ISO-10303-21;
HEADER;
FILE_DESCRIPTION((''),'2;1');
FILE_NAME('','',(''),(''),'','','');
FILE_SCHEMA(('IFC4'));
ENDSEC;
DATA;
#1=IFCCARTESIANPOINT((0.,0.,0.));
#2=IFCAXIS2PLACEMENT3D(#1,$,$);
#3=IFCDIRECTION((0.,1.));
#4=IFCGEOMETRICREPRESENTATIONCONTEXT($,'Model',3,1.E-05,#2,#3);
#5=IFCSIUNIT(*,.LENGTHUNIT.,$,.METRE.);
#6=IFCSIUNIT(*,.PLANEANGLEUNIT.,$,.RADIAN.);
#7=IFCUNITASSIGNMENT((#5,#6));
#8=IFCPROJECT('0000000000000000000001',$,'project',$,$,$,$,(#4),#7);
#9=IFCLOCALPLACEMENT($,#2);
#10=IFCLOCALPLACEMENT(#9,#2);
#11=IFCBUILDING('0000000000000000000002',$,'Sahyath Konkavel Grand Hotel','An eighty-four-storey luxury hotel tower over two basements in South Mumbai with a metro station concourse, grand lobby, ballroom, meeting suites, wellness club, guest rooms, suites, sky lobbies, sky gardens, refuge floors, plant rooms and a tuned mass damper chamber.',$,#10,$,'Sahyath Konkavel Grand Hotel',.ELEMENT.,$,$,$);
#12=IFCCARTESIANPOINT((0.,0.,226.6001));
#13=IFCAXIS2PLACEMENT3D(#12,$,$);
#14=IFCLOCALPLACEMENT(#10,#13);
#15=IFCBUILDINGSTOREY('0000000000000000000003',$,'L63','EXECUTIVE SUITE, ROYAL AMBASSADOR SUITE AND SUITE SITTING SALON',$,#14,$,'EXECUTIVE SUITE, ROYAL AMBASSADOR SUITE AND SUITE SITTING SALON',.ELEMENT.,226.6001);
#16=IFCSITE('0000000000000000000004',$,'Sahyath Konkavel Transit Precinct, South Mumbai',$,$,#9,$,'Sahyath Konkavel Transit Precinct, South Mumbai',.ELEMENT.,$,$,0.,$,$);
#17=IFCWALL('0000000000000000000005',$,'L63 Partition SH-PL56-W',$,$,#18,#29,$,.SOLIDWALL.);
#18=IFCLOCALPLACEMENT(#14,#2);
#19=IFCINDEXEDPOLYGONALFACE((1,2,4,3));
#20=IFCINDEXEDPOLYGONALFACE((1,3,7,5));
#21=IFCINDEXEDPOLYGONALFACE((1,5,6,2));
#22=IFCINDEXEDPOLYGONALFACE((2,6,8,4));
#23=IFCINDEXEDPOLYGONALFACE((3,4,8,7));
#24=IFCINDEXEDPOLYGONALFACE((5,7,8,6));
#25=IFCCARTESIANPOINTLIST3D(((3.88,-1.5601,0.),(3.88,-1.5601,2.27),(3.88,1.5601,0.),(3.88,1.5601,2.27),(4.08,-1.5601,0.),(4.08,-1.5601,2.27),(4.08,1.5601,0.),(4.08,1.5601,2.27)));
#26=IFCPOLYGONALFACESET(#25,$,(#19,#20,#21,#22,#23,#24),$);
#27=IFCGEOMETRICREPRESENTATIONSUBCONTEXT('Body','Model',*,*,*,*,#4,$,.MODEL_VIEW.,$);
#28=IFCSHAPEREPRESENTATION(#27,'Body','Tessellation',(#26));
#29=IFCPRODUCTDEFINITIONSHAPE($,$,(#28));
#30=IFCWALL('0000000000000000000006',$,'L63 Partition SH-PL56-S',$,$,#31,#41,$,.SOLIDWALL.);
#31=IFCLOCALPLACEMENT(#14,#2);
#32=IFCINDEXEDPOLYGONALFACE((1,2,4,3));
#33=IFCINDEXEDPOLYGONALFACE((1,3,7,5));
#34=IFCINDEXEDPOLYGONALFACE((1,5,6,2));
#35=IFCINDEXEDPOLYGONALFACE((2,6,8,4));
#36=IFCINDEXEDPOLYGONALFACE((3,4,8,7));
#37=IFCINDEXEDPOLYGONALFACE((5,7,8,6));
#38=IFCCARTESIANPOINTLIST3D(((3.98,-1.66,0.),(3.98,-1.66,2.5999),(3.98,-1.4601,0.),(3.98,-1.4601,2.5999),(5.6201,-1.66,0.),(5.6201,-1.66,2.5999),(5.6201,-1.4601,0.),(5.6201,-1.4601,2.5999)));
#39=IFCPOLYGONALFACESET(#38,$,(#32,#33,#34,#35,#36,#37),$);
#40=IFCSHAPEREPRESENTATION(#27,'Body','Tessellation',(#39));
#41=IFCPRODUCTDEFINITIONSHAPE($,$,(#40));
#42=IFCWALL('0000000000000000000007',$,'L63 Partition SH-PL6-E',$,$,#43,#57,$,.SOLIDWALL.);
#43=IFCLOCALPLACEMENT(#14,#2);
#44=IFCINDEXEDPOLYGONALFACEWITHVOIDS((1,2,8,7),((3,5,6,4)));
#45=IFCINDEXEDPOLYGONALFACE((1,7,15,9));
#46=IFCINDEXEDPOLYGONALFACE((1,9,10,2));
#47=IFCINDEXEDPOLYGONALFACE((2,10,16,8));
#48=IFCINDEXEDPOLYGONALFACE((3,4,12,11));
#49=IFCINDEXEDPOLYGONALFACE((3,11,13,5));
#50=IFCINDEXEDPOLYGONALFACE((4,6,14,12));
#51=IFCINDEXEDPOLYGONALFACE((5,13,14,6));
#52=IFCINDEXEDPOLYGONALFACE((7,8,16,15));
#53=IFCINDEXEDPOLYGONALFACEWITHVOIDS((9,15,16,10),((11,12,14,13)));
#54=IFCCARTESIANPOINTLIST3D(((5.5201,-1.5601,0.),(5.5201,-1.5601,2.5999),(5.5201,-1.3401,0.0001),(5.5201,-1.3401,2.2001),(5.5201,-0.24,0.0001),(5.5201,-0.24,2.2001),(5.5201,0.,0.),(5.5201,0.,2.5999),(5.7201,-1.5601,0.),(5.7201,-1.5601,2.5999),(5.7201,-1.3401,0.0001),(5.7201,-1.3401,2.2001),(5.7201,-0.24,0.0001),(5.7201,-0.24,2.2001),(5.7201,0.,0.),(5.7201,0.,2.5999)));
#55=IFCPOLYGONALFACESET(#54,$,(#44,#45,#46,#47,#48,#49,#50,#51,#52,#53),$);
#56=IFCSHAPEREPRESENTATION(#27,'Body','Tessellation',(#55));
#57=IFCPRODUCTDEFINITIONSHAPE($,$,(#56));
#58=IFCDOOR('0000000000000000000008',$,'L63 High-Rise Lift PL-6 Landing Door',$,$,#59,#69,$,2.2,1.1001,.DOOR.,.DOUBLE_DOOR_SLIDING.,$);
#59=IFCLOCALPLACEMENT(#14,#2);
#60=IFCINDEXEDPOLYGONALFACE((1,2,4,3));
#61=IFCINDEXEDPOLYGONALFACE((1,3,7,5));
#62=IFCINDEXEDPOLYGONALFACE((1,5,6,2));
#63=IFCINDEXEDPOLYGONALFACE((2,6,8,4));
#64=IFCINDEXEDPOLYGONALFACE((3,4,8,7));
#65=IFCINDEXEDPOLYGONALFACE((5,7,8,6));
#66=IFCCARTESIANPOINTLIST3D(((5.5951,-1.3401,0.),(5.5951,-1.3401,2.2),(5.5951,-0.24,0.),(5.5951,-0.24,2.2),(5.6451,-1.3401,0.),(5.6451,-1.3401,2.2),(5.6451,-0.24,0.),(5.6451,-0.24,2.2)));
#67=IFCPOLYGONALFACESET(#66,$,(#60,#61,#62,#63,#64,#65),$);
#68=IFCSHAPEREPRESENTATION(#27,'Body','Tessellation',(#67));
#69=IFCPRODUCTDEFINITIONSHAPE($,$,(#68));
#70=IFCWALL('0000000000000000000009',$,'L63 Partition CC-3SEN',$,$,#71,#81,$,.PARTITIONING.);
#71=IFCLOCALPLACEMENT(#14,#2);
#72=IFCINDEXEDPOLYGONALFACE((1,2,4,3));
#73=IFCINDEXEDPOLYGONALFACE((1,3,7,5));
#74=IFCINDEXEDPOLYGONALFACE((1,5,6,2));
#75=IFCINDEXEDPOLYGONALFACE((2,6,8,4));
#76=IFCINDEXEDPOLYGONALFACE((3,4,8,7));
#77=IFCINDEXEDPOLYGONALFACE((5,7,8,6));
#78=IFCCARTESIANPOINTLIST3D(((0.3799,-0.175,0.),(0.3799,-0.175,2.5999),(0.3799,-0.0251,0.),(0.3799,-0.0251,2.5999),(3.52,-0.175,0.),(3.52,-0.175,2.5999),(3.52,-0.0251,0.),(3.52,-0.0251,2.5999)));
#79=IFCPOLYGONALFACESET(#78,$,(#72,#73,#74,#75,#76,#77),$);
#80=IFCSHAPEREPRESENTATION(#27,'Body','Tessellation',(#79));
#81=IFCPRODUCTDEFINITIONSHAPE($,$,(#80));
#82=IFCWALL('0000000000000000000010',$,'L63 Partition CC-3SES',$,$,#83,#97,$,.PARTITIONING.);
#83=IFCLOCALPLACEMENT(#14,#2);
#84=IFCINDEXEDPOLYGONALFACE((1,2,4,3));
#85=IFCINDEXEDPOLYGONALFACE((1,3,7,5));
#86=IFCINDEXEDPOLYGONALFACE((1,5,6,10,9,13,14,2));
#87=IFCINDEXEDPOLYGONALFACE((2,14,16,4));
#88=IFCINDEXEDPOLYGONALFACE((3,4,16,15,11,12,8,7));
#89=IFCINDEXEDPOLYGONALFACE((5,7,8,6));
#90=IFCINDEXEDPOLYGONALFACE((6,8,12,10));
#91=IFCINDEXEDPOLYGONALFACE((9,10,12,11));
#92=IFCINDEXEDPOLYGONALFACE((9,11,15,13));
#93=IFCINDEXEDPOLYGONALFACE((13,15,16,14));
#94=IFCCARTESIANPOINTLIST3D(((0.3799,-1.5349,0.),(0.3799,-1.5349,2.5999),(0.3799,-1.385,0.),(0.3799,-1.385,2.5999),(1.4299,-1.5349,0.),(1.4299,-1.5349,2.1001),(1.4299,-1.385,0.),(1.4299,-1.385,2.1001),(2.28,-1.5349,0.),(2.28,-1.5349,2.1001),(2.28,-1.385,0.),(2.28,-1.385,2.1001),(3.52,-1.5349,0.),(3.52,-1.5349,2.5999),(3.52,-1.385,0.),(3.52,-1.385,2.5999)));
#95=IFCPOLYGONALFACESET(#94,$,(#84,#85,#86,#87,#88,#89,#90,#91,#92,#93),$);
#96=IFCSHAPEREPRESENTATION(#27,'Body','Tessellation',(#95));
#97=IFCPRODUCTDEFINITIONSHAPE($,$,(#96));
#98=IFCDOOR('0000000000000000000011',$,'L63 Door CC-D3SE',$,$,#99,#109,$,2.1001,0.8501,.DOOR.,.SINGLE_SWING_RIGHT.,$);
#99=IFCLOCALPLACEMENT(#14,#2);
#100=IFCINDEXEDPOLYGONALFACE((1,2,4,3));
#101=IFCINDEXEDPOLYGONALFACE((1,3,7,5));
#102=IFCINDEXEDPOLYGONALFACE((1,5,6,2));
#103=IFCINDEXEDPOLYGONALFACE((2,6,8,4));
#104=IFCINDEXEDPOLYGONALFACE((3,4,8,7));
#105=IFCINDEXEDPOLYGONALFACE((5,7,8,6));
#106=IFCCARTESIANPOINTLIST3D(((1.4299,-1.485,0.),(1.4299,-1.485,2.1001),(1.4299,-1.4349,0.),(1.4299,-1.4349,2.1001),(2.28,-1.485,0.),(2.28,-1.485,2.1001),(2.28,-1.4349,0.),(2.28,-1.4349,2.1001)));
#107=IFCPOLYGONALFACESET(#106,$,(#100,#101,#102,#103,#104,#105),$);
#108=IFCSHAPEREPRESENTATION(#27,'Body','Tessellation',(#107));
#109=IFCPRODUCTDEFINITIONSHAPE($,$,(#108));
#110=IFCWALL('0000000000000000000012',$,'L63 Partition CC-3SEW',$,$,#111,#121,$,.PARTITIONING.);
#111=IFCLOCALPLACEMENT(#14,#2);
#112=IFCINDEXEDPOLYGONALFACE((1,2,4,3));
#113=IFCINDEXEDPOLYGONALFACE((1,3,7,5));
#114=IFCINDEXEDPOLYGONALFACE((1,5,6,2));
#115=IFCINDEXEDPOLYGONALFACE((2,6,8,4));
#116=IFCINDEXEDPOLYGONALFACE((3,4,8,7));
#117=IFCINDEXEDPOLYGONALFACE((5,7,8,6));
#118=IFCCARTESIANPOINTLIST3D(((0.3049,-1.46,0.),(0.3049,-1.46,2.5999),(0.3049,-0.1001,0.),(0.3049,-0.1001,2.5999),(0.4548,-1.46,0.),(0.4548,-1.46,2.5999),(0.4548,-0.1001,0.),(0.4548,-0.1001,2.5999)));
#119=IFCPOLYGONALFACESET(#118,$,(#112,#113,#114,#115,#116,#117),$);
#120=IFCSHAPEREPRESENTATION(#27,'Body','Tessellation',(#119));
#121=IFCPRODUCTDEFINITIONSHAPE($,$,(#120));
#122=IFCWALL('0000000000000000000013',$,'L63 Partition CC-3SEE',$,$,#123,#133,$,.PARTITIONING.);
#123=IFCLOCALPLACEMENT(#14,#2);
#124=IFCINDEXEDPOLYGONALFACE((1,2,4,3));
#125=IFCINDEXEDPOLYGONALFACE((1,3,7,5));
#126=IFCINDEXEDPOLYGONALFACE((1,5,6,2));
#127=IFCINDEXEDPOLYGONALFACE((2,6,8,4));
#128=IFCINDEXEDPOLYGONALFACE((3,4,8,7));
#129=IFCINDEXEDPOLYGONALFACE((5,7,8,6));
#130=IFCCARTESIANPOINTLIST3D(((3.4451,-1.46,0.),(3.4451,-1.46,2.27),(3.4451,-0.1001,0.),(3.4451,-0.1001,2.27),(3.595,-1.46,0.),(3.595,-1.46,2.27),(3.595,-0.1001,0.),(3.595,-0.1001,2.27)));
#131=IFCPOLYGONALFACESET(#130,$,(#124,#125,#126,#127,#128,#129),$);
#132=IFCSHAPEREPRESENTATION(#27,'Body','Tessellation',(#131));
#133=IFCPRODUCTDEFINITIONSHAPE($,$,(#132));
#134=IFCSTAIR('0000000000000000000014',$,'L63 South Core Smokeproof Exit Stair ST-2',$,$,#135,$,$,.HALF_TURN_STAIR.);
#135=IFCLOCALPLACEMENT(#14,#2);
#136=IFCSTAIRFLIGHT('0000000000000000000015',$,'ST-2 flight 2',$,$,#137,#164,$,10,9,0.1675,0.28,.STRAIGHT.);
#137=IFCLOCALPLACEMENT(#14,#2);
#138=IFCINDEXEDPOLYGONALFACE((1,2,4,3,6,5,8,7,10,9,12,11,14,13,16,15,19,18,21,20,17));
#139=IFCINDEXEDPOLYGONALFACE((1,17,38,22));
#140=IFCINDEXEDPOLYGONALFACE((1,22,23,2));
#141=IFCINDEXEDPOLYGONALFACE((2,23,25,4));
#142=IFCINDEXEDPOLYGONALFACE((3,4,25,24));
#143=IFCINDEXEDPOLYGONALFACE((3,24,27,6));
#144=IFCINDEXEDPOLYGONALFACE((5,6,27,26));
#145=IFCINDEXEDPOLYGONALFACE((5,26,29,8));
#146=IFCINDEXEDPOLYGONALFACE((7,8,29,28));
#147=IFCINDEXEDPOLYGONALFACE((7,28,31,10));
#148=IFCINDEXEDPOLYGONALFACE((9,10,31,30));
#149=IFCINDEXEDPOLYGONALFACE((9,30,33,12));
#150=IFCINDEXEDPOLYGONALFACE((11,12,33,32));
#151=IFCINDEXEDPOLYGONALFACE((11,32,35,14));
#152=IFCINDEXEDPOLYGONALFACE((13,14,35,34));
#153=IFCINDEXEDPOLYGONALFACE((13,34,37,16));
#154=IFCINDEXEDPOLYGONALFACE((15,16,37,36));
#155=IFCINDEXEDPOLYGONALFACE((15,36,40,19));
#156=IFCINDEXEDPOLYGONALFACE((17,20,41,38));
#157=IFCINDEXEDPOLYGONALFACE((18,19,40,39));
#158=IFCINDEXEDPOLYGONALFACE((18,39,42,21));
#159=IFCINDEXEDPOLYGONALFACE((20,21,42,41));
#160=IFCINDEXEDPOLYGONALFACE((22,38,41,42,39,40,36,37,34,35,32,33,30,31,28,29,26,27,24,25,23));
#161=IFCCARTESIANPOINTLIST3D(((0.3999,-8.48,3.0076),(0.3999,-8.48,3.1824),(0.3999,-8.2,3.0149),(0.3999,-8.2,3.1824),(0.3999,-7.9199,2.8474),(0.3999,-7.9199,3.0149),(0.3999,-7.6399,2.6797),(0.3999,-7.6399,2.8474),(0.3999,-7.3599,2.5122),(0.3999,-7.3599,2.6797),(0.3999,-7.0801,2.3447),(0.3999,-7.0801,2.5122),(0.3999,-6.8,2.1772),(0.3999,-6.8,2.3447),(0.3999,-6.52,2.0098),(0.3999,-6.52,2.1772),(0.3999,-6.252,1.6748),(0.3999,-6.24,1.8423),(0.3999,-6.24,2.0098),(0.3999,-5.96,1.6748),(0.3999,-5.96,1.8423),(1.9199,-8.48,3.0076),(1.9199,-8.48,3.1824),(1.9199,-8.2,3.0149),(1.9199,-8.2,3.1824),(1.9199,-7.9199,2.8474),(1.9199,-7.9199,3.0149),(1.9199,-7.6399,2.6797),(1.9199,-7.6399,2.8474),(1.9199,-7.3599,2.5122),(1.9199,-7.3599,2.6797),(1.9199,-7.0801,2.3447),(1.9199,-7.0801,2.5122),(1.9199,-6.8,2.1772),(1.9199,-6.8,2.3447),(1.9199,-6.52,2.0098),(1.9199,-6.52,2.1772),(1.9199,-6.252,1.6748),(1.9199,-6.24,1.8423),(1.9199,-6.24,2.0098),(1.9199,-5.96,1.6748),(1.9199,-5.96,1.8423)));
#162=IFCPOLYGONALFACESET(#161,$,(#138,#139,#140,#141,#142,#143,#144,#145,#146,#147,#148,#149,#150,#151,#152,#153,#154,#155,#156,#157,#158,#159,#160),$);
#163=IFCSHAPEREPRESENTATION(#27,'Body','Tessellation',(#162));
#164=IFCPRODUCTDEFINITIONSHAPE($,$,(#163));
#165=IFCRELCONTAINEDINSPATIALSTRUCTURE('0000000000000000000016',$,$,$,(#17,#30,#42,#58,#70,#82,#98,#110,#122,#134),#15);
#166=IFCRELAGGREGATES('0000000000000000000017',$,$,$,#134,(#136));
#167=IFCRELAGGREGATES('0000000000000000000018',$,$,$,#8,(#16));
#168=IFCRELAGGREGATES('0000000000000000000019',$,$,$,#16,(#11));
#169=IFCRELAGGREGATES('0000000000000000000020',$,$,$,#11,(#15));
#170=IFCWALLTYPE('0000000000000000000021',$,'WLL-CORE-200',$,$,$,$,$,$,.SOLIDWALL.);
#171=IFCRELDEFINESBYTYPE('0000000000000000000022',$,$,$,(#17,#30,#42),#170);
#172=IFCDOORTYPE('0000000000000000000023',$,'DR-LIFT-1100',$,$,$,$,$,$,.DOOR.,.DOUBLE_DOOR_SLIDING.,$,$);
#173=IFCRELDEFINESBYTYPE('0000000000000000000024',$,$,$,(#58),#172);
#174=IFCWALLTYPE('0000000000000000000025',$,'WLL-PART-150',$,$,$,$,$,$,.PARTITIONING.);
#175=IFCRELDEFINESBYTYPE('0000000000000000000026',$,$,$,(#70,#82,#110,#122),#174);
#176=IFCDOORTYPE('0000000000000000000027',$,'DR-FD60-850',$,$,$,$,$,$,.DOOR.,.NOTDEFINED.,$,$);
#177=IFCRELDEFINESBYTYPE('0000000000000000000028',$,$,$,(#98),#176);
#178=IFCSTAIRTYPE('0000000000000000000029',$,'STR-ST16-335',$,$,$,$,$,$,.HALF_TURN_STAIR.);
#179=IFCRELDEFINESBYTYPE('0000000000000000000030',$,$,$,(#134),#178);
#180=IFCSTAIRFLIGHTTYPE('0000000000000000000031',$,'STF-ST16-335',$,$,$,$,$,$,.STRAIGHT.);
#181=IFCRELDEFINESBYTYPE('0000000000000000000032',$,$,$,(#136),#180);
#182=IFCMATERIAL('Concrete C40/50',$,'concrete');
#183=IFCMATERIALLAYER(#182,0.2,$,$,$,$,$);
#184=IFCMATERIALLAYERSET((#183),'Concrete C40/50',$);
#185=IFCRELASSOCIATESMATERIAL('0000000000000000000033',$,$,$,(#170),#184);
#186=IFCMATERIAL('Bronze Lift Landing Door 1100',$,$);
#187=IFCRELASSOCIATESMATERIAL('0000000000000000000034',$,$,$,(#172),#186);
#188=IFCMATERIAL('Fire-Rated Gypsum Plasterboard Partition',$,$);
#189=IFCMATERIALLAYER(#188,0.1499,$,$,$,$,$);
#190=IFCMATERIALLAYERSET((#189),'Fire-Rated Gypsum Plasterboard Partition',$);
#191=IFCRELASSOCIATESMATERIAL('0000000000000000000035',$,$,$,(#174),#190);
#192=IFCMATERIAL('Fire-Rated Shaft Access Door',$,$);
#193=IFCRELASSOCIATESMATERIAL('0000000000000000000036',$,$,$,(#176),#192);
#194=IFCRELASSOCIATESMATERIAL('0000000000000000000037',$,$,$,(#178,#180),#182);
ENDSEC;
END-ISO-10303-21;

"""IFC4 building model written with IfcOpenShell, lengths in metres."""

from ifc_helpers import new_model, si_unit, direction, frame, frame_2d, origin, origin_2d, place, context, subcontext, project, spatial, polyline, rectangle, outline, extrude, source, transform, mapped, material, layer, layer_set, type_object, element, fill, aggregate, save


model = new_model("IFC4")

# Units and contexts
model_context = context("Model", 3, precision=1e-05, world=origin(), true_north=direction((0.0, 1.0)))
body_context = subcontext(model_context, "Body", "Model", "MODEL_VIEW")
ifc_project = project(units=[si_unit("LENGTHUNIT", "METRE"), si_unit("PLANEANGLEUNIT", "RADIAN")], contexts=[model_context])

# Site, building, storey
site_placement = place(None, origin())
site = spatial("IfcSite", under=ifc_project, at=site_placement, Name="Sahyath Konkavel Transit Precinct, South Mumbai", LongName="Sahyath Konkavel Transit Precinct, South Mumbai", CompositionType="ELEMENT", RefElevation=0.0)
building_placement = place(site_placement, origin())
building = spatial("IfcBuilding", under=site, at=building_placement, Name="Sahyath Konkavel Grand Hotel", Description="An eighty-four-storey luxury hotel tower over two basements in South Mumbai with a metro station concourse, grand lobby, ballroom, meeting suites, wellness club, guest rooms, suites, sky lobbies, sky gardens, refuge floors, plant rooms and a tuned mass damper chamber.", LongName="Sahyath Konkavel Grand Hotel", CompositionType="ELEMENT")
storey_placement = place(building_placement, frame((0.0, 0.0, 226.6001)))
storey = spatial("IfcBuildingStorey", under=building, at=storey_placement, Name="L63", Description="EXECUTIVE SUITE, ROYAL AMBASSADOR SUITE AND SUITE SITTING SALON", LongName="EXECUTIVE SUITE, ROYAL AMBASSADOR SUITE AND SUITE SITTING SALON", CompositionType="ELEMENT", Elevation=226.6001)

# Shared definitions
ifc_material_1 = material(Name="Concrete C40/50", Category="concrete")

# Walls
ifc_layer_1 = layer(ifc_material_1, 0.2)
ifc_layer_set_1 = layer_set([ifc_layer_1], Name="Concrete C40/50")
wall_type_1 = type_object("IfcWallType", Name="WLL-CORE-200", PredefinedType="SOLIDWALL", material=ifc_layer_set_1)
wall_1_placement = place(storey_placement, frame((3.98, -1.5601, 0.0), z_axis=(0.0, 0.0, 1.0), x_axis=(0.0, 1.0, 0.0)))
element("IfcWall", 1, at=wall_1_placement, inside=storey, type_object=wall_type_1, Name="L63 Partition SH-PL56-W", PredefinedType="SOLIDWALL", context=body_context, shape_type="SweptSolid", body=[
    extrude(rectangle(XDim=3.1201, YDim=0.2, at=frame_2d((1.5601, 0.0))), origin(), (0.0, 0.0, 1.0), 2.27),
])
wall_2_placement = place(storey_placement, frame((3.98, -1.5601, 0.0), z_axis=(0.0, 0.0, 1.0), x_axis=(1.0, 0.0, 0.0)))
element("IfcWall", 2, at=wall_2_placement, inside=storey, type_object=wall_type_1, Name="L63 Partition SH-PL56-S", PredefinedType="SOLIDWALL", context=body_context, shape_type="SweptSolid", body=[
    extrude(rectangle(XDim=1.6401, YDim=0.2, at=frame_2d((0.8201, 0.0))), origin(), (0.0, 0.0, 1.0), 2.5999),
])

# Wall, opening, door
wall_3_placement = place(storey_placement, frame((5.6201, -1.5601, 0.0), z_axis=(0.0, 0.0, 1.0), x_axis=(0.0, 1.0, 0.0)))
wall_3 = element("IfcWall", 3, at=wall_3_placement, inside=storey, type_object=wall_type_1, Name="L63 Partition SH-PL6-E", PredefinedType="SOLIDWALL", context=body_context, shape_type="SweptSolid", body=[
    extrude(rectangle(XDim=1.5601, YDim=0.2, at=frame_2d((0.78, 0.0))), origin(), (0.0, 0.0, 1.0), 2.5999),
])
opening_1_placement = place(wall_3_placement, frame((0.22, 0.0, 0.0)))
opening_1 = element("IfcOpeningElement", 4, at=opening_1_placement, cuts=wall_3, PredefinedType="OPENING", context=body_context, shape_type="SweptSolid", body=[
    extrude(rectangle(XDim=1.1001, YDim=2.2, at=frame_2d((0.55, 1.1001))), frame((0.0, 0.1099, 0.0), z_axis=(0.0, -1.0, 0.0), x_axis=(1.0, 0.0, 0.0)), (0.0, 0.0, 1.0), 0.22),
])
ifc_material_2 = material(Name="Bronze Lift Landing Door 1100")
door_type_1 = type_object("IfcDoorType", Name="DR-LIFT-1100", OperationType="DOUBLE_DOOR_SLIDING", PredefinedType="DOOR", material=ifc_material_2)
shared_shape_1 = source(origin(), body_context, "Body", "SweptSolid", [
    extrude(rectangle(XDim=1.1001, YDim=0.05, at=origin_2d()), origin(), (0.0, 0.0, 1.0), 2.2),
])
door_1_placement = place(opening_1_placement, frame((0.55, 0.0, 0.0)))
door_1 = element("IfcDoor", 5, at=door_1_placement, inside=storey, type_object=door_type_1, Name="L63 High-Rise Lift PL-6 Landing Door", OperationType="DOUBLE_DOOR_SLIDING", OverallHeight=2.2, OverallWidth=1.1001, PredefinedType="DOOR", context=body_context, shape_type="MappedRepresentation", body=[
    mapped(shared_shape_1, transform((0.0, 0.0, 0.0), scale=1.0)),
])
fill(opening_1, door_1)

# Wall
ifc_material_3 = material(Name="Fire-Rated Gypsum Plasterboard Partition")
ifc_layer_2 = layer(ifc_material_3, 0.1499)
ifc_layer_set_2 = layer_set([ifc_layer_2], Name="Fire-Rated Gypsum Plasterboard Partition")
wall_type_2 = type_object("IfcWallType", Name="WLL-PART-150", PredefinedType="PARTITIONING", material=ifc_layer_set_2)
wall_4_placement = place(storey_placement, frame((0.3799, -0.1001, 0.0), z_axis=(0.0, 0.0, 1.0), x_axis=(1.0, 0.0, 0.0)))
element("IfcWall", 6, at=wall_4_placement, inside=storey, type_object=wall_type_2, Name="L63 Partition CC-3SEN", PredefinedType="PARTITIONING", context=body_context, shape_type="SweptSolid", body=[
    extrude(rectangle(XDim=3.1401, YDim=0.1499, at=frame_2d((1.5701, 0.0))), origin(), (0.0, 0.0, 1.0), 2.5999),
])

# Wall, opening, door
wall_5_placement = place(storey_placement, frame((0.3799, -1.46, 0.0), z_axis=(0.0, 0.0, 1.0), x_axis=(1.0, 0.0, 0.0)))
wall_5 = element("IfcWall", 7, at=wall_5_placement, inside=storey, type_object=wall_type_2, Name="L63 Partition CC-3SES", PredefinedType="PARTITIONING", context=body_context, shape_type="SweptSolid", body=[
    extrude(rectangle(XDim=3.1401, YDim=0.1499, at=frame_2d((1.5701, 0.0))), origin(), (0.0, 0.0, 1.0), 2.5999),
])
opening_2_placement = place(wall_5_placement, frame((1.05, 0.0, 0.0)))
opening_2 = element("IfcOpeningElement", 8, at=opening_2_placement, cuts=wall_5, PredefinedType="OPENING", context=body_context, shape_type="SweptSolid", body=[
    extrude(rectangle(XDim=0.8501, YDim=2.1001, at=frame_2d((0.425, 1.05))), frame((0.0, 0.085, 0.0), z_axis=(0.0, -1.0, 0.0), x_axis=(1.0, 0.0, 0.0)), (0.0, 0.0, 1.0), 0.1699),
])
ifc_material_4 = material(Name="Fire-Rated Shaft Access Door")
door_type_2 = type_object("IfcDoorType", Name="DR-FD60-850", OperationType="NOTDEFINED", PredefinedType="DOOR", material=ifc_material_4)
shared_shape_2 = source(origin(), body_context, "Body", "SweptSolid", [
    extrude(rectangle(XDim=0.8501, YDim=0.05, at=origin_2d()), origin(), (0.0, 0.0, 1.0), 2.1001),
])
door_2_placement = place(opening_2_placement, frame((0.425, 0.0, 0.0)))
door_2 = element("IfcDoor", 9, at=door_2_placement, inside=storey, type_object=door_type_2, Name="L63 Door CC-D3SE", OperationType="SINGLE_SWING_RIGHT", OverallHeight=2.1001, OverallWidth=0.8501, PredefinedType="DOOR", context=body_context, shape_type="MappedRepresentation", body=[
    mapped(shared_shape_2, transform((0.0, 0.0, 0.0), scale=1.0)),
])
fill(opening_2, door_2)

# Walls
wall_6_placement = place(storey_placement, frame((0.3799, -1.46, 0.0), z_axis=(0.0, 0.0, 1.0), x_axis=(0.0, 1.0, 0.0)))
element("IfcWall", 10, at=wall_6_placement, inside=storey, type_object=wall_type_2, Name="L63 Partition CC-3SEW", PredefinedType="PARTITIONING", context=body_context, shape_type="SweptSolid", body=[
    extrude(rectangle(XDim=1.3599, YDim=0.1499, at=frame_2d((0.6799, 0.0))), origin(), (0.0, 0.0, 1.0), 2.5999),
])
wall_7_placement = place(storey_placement, frame((3.52, -1.46, 0.0), z_axis=(0.0, 0.0, 1.0), x_axis=(0.0, 1.0, 0.0)))
element("IfcWall", 11, at=wall_7_placement, inside=storey, type_object=wall_type_2, Name="L63 Partition CC-3SEE", PredefinedType="PARTITIONING", context=body_context, shape_type="SweptSolid", body=[
    extrude(rectangle(XDim=1.3599, YDim=0.1499, at=frame_2d((0.6799, 0.0))), origin(), (0.0, 0.0, 1.0), 2.27),
])

# Stair, stair flight
stair_type = type_object("IfcStairType", Name="STR-ST16-335", PredefinedType="HALF_TURN_STAIR", material=ifc_material_1)
stair_placement = place(storey_placement, origin())
stair = element("IfcStair", 12, at=stair_placement, inside=storey, type_object=stair_type, Name="L63 South Core Smokeproof Exit Stair ST-2", PredefinedType="HALF_TURN_STAIR")
stair_flight_type = type_object("IfcStairFlightType", Name="STF-ST16-335", PredefinedType="STRAIGHT", material=ifc_material_1)
stair_flight_placement = place(storey_placement, frame((1.1599, -5.96, 1.6748), z_axis=(0.0, 0.0, 1.0), x_axis=(0.0, -1.0, 0.0)))
stair_flight = element("IfcStairFlight", 13, at=stair_flight_placement, type_object=stair_flight_type, Name="ST-2 flight 2", NumberOfRisers=10, NumberOfTreads=9, PredefinedType="STRAIGHT", RiserHeight=0.1675, TreadLength=0.28, context=body_context, shape_type="SweptSolid", body=[
    extrude(outline(polyline([(0.0, 0.0), (0.0, 0.1675), (0.28, 0.1675), (0.28, 0.335), (0.5601, 0.335), (0.5601, 0.5024), (0.8401, 0.5024), (0.8401, 0.6699), (1.1201, 0.6699), (1.1201, 0.8374), (1.3999, 0.8374), (1.3999, 1.0049), (1.6799, 1.0049), (1.6799, 1.1726), (1.96, 1.1726), (1.96, 1.3401), (2.24, 1.3401), (2.24, 1.5076), (2.52, 1.5076), (2.52, 1.675), (2.52, 1.3328), (0.292, 0.0), (0.0, 0.0)])), frame((0.0, 0.76, 0.0), z_axis=(0.0, -1.0, 0.0), x_axis=(1.0, 0.0, 0.0)), (0.0, 0.0, 1.0), 1.52),
])
aggregate(stair, [stair_flight])

save(model, "model.ifc")
